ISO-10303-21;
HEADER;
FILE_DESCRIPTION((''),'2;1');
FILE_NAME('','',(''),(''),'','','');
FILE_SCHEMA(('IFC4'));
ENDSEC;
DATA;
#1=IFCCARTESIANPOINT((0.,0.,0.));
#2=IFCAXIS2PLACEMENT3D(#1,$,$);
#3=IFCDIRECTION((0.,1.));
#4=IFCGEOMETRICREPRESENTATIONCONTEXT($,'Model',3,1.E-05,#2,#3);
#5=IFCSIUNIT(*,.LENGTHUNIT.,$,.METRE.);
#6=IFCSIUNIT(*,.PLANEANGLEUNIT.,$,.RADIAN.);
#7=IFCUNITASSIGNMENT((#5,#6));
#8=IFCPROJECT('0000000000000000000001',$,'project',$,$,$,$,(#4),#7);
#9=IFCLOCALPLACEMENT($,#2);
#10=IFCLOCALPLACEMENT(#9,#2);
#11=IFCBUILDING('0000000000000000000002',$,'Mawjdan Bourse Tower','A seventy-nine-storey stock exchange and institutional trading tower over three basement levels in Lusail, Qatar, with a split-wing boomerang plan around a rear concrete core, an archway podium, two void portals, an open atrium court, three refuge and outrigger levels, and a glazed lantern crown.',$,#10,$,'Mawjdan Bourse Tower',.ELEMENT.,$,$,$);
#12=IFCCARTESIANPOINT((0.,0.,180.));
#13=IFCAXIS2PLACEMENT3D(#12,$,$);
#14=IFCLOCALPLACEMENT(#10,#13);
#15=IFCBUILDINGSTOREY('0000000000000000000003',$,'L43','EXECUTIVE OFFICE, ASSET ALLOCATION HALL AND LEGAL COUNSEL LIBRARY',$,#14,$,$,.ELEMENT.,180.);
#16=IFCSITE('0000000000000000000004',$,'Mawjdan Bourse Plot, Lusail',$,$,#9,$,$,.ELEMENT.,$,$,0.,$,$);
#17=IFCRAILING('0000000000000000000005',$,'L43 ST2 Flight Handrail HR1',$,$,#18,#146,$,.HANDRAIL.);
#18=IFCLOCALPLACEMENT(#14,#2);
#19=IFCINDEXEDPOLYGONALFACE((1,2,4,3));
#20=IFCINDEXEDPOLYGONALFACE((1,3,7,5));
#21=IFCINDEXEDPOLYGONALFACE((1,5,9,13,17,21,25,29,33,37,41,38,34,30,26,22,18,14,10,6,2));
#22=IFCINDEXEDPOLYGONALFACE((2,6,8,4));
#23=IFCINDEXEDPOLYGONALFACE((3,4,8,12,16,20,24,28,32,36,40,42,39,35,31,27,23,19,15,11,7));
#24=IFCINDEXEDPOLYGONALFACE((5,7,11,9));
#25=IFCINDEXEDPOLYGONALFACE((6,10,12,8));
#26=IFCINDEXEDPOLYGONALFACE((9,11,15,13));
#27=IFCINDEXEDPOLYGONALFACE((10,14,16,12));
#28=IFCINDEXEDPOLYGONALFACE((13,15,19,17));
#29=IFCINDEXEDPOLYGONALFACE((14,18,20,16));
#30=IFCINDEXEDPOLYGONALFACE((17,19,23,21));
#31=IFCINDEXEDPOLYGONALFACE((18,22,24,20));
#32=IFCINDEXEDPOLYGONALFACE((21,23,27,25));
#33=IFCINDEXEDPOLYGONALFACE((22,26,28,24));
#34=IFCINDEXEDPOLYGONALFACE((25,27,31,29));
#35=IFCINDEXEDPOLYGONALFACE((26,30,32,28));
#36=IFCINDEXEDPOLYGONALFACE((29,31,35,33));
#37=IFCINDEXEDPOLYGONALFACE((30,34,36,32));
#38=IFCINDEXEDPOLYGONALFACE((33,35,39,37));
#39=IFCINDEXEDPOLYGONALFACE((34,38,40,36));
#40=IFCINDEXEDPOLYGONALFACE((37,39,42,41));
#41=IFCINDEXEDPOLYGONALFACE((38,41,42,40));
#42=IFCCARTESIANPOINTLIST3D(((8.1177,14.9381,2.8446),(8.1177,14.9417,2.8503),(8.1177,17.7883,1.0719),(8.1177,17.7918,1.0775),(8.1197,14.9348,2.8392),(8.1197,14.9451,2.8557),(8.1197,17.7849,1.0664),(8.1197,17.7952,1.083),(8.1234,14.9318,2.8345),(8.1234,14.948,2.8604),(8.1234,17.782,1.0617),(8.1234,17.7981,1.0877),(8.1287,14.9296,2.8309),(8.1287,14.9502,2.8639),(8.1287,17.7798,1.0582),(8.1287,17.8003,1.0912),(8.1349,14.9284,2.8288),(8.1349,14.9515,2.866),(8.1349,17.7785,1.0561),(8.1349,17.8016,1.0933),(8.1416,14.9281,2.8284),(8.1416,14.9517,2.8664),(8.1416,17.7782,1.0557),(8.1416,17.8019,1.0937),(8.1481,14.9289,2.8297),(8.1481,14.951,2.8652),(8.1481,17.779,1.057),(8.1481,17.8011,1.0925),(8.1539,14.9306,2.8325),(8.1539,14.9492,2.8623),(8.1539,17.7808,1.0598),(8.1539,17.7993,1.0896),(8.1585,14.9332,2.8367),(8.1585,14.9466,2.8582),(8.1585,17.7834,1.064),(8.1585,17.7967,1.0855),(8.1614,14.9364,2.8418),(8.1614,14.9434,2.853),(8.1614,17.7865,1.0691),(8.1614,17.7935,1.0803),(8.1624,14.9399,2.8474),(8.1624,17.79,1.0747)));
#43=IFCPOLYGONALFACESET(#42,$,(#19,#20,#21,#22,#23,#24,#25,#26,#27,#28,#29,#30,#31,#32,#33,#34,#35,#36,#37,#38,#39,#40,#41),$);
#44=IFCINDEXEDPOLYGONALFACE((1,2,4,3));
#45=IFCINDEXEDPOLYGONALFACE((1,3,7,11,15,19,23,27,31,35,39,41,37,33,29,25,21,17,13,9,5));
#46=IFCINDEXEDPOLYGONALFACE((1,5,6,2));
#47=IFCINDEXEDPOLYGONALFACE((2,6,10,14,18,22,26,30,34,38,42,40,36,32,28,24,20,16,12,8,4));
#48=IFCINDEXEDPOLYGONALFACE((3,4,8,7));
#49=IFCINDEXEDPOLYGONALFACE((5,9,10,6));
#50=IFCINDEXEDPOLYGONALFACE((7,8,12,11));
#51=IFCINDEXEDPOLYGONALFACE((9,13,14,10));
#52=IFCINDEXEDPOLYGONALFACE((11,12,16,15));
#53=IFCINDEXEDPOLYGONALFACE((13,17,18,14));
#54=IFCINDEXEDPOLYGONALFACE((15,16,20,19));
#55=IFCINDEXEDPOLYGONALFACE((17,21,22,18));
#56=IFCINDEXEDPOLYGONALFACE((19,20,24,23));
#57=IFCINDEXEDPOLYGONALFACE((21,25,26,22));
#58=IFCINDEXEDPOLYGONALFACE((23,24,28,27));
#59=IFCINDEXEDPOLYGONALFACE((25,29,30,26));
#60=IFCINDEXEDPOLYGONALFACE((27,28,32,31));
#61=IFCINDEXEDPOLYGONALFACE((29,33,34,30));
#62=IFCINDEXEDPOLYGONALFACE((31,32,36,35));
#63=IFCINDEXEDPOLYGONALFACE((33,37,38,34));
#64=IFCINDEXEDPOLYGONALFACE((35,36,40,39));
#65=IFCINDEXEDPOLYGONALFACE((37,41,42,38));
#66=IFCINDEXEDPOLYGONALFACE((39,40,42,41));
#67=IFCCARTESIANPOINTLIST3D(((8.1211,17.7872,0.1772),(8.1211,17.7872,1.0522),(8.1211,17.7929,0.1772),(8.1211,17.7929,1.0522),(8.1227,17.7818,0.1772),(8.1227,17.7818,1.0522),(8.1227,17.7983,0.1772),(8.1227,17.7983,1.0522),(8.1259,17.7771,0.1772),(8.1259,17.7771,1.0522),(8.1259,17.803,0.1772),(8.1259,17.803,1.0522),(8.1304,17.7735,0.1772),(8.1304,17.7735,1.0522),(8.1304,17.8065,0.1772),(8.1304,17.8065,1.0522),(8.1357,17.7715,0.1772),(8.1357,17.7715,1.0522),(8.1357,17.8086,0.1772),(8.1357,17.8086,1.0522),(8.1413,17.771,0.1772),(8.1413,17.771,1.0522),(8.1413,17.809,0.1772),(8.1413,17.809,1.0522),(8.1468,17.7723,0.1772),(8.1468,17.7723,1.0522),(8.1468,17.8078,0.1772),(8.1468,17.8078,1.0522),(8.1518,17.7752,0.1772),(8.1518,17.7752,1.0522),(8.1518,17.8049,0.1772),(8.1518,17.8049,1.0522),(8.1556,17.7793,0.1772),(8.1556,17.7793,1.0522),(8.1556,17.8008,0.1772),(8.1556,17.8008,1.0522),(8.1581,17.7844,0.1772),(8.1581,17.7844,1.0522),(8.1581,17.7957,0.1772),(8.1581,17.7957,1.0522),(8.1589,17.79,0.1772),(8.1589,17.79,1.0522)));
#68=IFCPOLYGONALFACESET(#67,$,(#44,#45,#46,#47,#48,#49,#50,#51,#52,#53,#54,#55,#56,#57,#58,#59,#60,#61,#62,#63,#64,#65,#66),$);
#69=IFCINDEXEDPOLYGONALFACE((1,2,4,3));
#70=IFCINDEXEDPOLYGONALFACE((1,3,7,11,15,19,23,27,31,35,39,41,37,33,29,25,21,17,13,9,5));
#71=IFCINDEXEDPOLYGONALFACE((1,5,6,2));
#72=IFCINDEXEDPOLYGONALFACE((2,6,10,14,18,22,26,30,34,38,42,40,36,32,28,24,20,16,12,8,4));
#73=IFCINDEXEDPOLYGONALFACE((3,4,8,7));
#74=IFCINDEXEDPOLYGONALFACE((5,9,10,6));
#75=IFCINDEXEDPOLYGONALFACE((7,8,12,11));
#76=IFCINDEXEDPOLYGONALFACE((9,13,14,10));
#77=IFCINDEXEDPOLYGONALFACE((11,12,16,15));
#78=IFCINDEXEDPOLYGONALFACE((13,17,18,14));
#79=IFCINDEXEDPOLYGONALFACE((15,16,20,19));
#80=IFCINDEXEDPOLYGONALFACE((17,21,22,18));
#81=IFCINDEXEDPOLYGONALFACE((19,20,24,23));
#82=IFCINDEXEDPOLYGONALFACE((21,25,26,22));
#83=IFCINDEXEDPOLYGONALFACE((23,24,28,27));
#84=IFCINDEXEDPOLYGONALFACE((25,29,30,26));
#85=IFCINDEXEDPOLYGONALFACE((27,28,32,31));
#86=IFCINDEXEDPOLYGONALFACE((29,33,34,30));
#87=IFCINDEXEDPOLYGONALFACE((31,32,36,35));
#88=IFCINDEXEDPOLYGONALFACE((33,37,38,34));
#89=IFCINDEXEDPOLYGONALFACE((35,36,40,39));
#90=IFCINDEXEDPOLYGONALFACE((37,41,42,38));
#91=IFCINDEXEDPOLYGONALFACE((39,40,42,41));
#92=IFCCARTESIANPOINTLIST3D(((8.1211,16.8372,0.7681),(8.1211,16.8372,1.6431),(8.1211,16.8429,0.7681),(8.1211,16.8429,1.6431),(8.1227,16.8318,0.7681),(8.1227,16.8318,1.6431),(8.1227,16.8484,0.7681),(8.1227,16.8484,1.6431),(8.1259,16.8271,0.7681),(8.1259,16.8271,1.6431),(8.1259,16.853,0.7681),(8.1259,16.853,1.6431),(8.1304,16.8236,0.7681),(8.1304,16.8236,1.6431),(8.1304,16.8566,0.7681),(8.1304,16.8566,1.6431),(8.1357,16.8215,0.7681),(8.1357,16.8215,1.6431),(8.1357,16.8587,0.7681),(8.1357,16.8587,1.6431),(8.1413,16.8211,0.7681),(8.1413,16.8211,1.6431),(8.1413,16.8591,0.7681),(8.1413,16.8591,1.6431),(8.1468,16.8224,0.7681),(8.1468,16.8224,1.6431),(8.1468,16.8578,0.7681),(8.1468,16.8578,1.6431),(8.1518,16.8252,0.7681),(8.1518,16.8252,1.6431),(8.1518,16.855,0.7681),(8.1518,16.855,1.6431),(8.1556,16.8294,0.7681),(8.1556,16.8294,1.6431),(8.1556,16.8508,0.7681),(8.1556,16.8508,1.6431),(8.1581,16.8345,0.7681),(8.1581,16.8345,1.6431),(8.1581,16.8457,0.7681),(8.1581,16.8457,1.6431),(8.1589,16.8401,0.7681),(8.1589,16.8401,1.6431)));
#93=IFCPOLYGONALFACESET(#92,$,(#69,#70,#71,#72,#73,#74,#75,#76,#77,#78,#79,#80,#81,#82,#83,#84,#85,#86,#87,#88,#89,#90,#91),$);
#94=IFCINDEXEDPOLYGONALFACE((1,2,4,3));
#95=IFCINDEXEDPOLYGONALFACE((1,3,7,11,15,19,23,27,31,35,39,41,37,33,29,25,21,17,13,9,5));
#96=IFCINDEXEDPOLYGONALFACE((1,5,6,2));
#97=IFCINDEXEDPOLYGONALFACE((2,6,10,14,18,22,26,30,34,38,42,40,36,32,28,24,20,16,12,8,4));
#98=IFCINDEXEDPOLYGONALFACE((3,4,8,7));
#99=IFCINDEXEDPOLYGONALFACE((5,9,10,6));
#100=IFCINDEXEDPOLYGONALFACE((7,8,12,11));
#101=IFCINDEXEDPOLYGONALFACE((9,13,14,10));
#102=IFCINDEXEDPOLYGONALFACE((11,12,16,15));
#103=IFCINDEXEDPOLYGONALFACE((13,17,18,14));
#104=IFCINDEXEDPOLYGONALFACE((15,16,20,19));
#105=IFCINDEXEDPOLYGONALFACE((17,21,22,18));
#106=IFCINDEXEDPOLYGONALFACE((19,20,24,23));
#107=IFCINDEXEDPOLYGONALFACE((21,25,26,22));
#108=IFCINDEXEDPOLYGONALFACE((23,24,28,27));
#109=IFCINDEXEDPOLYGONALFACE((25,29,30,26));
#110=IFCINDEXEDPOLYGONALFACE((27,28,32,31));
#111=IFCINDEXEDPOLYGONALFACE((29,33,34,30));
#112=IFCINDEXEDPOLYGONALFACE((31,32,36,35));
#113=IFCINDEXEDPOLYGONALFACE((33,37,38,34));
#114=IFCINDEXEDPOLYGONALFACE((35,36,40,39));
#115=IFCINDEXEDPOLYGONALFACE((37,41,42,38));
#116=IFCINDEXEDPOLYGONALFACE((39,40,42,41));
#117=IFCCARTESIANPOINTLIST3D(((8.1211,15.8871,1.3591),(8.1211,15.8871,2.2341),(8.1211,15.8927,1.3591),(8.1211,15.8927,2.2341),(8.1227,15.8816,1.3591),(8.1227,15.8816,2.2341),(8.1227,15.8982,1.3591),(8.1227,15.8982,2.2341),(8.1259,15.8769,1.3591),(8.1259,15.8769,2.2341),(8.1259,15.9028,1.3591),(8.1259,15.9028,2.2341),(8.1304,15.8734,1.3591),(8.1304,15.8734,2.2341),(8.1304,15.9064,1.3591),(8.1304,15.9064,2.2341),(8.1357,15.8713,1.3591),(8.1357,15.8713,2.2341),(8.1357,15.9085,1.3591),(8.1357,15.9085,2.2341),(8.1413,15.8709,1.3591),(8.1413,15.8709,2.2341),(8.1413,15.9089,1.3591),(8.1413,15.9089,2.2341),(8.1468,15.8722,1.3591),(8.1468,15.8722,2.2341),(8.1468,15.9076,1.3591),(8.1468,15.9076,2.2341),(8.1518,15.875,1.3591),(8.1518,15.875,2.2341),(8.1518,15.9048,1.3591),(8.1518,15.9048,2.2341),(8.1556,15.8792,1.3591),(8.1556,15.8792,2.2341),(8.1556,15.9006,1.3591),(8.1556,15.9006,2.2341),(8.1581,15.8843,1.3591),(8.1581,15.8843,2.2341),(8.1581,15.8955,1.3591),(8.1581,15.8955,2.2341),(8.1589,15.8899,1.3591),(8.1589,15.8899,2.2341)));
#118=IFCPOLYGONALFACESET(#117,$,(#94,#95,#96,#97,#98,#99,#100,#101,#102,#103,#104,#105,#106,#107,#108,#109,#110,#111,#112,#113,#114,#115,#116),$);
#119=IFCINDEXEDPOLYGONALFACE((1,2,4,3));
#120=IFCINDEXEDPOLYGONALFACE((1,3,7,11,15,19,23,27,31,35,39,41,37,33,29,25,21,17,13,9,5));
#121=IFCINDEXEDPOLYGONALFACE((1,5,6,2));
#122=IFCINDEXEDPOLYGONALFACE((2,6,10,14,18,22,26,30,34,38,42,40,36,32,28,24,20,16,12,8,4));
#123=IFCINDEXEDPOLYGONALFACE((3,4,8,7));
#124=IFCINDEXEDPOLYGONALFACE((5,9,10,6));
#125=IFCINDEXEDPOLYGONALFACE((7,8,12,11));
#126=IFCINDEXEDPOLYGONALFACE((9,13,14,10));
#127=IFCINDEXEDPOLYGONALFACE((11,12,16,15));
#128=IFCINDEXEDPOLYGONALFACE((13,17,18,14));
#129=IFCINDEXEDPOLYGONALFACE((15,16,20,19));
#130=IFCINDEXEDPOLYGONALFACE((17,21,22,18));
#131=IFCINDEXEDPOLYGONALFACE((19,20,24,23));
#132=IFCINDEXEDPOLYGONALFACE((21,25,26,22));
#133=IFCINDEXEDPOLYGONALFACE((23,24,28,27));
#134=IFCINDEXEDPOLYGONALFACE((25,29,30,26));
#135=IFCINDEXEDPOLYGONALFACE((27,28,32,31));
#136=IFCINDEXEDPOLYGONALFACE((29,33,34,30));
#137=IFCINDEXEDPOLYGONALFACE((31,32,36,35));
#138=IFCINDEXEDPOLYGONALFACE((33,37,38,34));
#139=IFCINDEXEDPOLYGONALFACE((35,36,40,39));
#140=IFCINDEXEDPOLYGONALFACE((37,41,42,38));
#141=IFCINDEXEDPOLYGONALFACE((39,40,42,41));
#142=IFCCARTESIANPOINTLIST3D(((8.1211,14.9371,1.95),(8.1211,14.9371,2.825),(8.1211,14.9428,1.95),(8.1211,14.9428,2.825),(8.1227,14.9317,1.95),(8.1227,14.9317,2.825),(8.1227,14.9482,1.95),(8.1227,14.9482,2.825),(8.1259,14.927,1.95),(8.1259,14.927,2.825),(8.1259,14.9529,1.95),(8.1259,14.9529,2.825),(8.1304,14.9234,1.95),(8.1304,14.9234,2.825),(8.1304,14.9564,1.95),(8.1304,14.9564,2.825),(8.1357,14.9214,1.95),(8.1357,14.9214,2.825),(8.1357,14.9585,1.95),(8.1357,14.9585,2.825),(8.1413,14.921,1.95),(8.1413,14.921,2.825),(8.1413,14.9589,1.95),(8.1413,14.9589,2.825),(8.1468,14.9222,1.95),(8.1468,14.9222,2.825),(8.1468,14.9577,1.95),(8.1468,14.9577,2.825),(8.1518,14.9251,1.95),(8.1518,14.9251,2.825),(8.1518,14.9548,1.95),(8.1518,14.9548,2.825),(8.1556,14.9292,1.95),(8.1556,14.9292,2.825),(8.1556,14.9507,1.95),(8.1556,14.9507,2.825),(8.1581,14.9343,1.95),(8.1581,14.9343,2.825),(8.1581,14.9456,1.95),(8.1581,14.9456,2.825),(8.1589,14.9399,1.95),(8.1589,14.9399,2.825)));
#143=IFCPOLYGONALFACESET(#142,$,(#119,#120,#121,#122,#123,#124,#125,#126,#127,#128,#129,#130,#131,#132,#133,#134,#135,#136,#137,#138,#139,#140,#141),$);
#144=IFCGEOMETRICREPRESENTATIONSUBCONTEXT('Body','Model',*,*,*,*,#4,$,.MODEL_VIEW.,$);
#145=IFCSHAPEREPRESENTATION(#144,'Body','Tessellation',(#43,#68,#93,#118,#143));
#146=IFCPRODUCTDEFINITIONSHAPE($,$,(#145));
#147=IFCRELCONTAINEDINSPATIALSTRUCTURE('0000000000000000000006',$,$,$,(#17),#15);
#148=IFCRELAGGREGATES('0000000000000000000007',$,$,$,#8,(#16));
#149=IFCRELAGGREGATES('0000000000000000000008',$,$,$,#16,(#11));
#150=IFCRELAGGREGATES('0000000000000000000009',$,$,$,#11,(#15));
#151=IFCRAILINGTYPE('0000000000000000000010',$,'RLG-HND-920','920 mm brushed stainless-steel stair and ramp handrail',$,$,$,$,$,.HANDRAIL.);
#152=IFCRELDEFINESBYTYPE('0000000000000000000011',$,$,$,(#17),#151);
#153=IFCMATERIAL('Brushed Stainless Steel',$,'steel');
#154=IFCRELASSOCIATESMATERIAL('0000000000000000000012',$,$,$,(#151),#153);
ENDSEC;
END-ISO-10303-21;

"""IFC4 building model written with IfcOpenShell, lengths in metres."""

from ifc_helpers import new_model, si_unit, direction, frame, origin, origin_2d, place, context, subcontext, project, spatial, circle, extrude, material, type_object, element, save


model = new_model("IFC4")

# Units and contexts
model_context = context("Model", 3, precision=1e-05, world=origin(), true_north=direction((0.0, 1.0)))
body_context = subcontext(model_context, "Body", "Model", "MODEL_VIEW")
ifc_project = project(units=[si_unit("LENGTHUNIT", "METRE"), si_unit("PLANEANGLEUNIT", "RADIAN")], contexts=[model_context])

# Site, building, storey
site_placement = place(None, origin())
site = spatial("IfcSite", under=ifc_project, at=site_placement, Name="Mawjdan Bourse Plot, Lusail", CompositionType="ELEMENT", RefElevation=0.0)
building_placement = place(site_placement, origin())
building = spatial("IfcBuilding", under=site, at=building_placement, Name="Mawjdan Bourse Tower", Description="A seventy-nine-storey stock exchange and institutional trading tower over three basement levels in Lusail, Qatar, with a split-wing boomerang plan around a rear concrete core, an archway podium, two void portals, an open atrium court, three refuge and outrigger levels, and a glazed lantern crown.", LongName="Mawjdan Bourse Tower", CompositionType="ELEMENT")
storey_placement = place(building_placement, frame((0.0, 0.0, 180.0)))
storey = spatial("IfcBuildingStorey", under=building, at=storey_placement, Name="L43", Description="EXECUTIVE OFFICE, ASSET ALLOCATION HALL AND LEGAL COUNSEL LIBRARY", CompositionType="ELEMENT", Elevation=180.0)

# Shared definitions
ifc_material_1 = material(Name="Brushed Stainless Steel", Category="steel")

# Railing
railing_type_1 = type_object("IfcRailingType", Name="RLG-HND-920", Description="920 mm brushed stainless-steel stair and ramp handrail", PredefinedType="HANDRAIL", material=ifc_material_1)
for number, where, name in (
    (1, (8.1399, 17.79, 0.1772), "L43 ST2 Flight Handrail HR1"),
):
    element("IfcRailing", number, at=place(storey_placement, frame(where)), inside=storey, type_object=railing_type_1, Name=name, PredefinedType="HANDRAIL", context=body_context, shape_type="SweptSolid", body=[
        extrude(circle(Radius=0.0225, at=origin_2d()), frame((0.0, 0.0, 0.8975), z_axis=(0.0, -0.849149, 0.528154), x_axis=(1.0, 0.0, 0.0)), (0.0, 0.0, 1.0), 3.3564),
        extrude(circle(Radius=0.019, at=origin_2d()), origin(), (0.0, 0.0, 1.0), 0.875),
        extrude(circle(Radius=0.019, at=origin_2d()), frame((0.0, -0.95, 0.5908)), (0.0, 0.0, 1.0), 0.875),
        extrude(circle(Radius=0.019, at=origin_2d()), frame((0.0, -1.9001, 1.1819)), (0.0, 0.0, 1.0), 0.875),
        extrude(circle(Radius=0.019, at=origin_2d()), frame((0.0, -2.8501, 1.7727)), (0.0, 0.0, 1.0), 0.875),
    ])

save(model, "model.ifc")
